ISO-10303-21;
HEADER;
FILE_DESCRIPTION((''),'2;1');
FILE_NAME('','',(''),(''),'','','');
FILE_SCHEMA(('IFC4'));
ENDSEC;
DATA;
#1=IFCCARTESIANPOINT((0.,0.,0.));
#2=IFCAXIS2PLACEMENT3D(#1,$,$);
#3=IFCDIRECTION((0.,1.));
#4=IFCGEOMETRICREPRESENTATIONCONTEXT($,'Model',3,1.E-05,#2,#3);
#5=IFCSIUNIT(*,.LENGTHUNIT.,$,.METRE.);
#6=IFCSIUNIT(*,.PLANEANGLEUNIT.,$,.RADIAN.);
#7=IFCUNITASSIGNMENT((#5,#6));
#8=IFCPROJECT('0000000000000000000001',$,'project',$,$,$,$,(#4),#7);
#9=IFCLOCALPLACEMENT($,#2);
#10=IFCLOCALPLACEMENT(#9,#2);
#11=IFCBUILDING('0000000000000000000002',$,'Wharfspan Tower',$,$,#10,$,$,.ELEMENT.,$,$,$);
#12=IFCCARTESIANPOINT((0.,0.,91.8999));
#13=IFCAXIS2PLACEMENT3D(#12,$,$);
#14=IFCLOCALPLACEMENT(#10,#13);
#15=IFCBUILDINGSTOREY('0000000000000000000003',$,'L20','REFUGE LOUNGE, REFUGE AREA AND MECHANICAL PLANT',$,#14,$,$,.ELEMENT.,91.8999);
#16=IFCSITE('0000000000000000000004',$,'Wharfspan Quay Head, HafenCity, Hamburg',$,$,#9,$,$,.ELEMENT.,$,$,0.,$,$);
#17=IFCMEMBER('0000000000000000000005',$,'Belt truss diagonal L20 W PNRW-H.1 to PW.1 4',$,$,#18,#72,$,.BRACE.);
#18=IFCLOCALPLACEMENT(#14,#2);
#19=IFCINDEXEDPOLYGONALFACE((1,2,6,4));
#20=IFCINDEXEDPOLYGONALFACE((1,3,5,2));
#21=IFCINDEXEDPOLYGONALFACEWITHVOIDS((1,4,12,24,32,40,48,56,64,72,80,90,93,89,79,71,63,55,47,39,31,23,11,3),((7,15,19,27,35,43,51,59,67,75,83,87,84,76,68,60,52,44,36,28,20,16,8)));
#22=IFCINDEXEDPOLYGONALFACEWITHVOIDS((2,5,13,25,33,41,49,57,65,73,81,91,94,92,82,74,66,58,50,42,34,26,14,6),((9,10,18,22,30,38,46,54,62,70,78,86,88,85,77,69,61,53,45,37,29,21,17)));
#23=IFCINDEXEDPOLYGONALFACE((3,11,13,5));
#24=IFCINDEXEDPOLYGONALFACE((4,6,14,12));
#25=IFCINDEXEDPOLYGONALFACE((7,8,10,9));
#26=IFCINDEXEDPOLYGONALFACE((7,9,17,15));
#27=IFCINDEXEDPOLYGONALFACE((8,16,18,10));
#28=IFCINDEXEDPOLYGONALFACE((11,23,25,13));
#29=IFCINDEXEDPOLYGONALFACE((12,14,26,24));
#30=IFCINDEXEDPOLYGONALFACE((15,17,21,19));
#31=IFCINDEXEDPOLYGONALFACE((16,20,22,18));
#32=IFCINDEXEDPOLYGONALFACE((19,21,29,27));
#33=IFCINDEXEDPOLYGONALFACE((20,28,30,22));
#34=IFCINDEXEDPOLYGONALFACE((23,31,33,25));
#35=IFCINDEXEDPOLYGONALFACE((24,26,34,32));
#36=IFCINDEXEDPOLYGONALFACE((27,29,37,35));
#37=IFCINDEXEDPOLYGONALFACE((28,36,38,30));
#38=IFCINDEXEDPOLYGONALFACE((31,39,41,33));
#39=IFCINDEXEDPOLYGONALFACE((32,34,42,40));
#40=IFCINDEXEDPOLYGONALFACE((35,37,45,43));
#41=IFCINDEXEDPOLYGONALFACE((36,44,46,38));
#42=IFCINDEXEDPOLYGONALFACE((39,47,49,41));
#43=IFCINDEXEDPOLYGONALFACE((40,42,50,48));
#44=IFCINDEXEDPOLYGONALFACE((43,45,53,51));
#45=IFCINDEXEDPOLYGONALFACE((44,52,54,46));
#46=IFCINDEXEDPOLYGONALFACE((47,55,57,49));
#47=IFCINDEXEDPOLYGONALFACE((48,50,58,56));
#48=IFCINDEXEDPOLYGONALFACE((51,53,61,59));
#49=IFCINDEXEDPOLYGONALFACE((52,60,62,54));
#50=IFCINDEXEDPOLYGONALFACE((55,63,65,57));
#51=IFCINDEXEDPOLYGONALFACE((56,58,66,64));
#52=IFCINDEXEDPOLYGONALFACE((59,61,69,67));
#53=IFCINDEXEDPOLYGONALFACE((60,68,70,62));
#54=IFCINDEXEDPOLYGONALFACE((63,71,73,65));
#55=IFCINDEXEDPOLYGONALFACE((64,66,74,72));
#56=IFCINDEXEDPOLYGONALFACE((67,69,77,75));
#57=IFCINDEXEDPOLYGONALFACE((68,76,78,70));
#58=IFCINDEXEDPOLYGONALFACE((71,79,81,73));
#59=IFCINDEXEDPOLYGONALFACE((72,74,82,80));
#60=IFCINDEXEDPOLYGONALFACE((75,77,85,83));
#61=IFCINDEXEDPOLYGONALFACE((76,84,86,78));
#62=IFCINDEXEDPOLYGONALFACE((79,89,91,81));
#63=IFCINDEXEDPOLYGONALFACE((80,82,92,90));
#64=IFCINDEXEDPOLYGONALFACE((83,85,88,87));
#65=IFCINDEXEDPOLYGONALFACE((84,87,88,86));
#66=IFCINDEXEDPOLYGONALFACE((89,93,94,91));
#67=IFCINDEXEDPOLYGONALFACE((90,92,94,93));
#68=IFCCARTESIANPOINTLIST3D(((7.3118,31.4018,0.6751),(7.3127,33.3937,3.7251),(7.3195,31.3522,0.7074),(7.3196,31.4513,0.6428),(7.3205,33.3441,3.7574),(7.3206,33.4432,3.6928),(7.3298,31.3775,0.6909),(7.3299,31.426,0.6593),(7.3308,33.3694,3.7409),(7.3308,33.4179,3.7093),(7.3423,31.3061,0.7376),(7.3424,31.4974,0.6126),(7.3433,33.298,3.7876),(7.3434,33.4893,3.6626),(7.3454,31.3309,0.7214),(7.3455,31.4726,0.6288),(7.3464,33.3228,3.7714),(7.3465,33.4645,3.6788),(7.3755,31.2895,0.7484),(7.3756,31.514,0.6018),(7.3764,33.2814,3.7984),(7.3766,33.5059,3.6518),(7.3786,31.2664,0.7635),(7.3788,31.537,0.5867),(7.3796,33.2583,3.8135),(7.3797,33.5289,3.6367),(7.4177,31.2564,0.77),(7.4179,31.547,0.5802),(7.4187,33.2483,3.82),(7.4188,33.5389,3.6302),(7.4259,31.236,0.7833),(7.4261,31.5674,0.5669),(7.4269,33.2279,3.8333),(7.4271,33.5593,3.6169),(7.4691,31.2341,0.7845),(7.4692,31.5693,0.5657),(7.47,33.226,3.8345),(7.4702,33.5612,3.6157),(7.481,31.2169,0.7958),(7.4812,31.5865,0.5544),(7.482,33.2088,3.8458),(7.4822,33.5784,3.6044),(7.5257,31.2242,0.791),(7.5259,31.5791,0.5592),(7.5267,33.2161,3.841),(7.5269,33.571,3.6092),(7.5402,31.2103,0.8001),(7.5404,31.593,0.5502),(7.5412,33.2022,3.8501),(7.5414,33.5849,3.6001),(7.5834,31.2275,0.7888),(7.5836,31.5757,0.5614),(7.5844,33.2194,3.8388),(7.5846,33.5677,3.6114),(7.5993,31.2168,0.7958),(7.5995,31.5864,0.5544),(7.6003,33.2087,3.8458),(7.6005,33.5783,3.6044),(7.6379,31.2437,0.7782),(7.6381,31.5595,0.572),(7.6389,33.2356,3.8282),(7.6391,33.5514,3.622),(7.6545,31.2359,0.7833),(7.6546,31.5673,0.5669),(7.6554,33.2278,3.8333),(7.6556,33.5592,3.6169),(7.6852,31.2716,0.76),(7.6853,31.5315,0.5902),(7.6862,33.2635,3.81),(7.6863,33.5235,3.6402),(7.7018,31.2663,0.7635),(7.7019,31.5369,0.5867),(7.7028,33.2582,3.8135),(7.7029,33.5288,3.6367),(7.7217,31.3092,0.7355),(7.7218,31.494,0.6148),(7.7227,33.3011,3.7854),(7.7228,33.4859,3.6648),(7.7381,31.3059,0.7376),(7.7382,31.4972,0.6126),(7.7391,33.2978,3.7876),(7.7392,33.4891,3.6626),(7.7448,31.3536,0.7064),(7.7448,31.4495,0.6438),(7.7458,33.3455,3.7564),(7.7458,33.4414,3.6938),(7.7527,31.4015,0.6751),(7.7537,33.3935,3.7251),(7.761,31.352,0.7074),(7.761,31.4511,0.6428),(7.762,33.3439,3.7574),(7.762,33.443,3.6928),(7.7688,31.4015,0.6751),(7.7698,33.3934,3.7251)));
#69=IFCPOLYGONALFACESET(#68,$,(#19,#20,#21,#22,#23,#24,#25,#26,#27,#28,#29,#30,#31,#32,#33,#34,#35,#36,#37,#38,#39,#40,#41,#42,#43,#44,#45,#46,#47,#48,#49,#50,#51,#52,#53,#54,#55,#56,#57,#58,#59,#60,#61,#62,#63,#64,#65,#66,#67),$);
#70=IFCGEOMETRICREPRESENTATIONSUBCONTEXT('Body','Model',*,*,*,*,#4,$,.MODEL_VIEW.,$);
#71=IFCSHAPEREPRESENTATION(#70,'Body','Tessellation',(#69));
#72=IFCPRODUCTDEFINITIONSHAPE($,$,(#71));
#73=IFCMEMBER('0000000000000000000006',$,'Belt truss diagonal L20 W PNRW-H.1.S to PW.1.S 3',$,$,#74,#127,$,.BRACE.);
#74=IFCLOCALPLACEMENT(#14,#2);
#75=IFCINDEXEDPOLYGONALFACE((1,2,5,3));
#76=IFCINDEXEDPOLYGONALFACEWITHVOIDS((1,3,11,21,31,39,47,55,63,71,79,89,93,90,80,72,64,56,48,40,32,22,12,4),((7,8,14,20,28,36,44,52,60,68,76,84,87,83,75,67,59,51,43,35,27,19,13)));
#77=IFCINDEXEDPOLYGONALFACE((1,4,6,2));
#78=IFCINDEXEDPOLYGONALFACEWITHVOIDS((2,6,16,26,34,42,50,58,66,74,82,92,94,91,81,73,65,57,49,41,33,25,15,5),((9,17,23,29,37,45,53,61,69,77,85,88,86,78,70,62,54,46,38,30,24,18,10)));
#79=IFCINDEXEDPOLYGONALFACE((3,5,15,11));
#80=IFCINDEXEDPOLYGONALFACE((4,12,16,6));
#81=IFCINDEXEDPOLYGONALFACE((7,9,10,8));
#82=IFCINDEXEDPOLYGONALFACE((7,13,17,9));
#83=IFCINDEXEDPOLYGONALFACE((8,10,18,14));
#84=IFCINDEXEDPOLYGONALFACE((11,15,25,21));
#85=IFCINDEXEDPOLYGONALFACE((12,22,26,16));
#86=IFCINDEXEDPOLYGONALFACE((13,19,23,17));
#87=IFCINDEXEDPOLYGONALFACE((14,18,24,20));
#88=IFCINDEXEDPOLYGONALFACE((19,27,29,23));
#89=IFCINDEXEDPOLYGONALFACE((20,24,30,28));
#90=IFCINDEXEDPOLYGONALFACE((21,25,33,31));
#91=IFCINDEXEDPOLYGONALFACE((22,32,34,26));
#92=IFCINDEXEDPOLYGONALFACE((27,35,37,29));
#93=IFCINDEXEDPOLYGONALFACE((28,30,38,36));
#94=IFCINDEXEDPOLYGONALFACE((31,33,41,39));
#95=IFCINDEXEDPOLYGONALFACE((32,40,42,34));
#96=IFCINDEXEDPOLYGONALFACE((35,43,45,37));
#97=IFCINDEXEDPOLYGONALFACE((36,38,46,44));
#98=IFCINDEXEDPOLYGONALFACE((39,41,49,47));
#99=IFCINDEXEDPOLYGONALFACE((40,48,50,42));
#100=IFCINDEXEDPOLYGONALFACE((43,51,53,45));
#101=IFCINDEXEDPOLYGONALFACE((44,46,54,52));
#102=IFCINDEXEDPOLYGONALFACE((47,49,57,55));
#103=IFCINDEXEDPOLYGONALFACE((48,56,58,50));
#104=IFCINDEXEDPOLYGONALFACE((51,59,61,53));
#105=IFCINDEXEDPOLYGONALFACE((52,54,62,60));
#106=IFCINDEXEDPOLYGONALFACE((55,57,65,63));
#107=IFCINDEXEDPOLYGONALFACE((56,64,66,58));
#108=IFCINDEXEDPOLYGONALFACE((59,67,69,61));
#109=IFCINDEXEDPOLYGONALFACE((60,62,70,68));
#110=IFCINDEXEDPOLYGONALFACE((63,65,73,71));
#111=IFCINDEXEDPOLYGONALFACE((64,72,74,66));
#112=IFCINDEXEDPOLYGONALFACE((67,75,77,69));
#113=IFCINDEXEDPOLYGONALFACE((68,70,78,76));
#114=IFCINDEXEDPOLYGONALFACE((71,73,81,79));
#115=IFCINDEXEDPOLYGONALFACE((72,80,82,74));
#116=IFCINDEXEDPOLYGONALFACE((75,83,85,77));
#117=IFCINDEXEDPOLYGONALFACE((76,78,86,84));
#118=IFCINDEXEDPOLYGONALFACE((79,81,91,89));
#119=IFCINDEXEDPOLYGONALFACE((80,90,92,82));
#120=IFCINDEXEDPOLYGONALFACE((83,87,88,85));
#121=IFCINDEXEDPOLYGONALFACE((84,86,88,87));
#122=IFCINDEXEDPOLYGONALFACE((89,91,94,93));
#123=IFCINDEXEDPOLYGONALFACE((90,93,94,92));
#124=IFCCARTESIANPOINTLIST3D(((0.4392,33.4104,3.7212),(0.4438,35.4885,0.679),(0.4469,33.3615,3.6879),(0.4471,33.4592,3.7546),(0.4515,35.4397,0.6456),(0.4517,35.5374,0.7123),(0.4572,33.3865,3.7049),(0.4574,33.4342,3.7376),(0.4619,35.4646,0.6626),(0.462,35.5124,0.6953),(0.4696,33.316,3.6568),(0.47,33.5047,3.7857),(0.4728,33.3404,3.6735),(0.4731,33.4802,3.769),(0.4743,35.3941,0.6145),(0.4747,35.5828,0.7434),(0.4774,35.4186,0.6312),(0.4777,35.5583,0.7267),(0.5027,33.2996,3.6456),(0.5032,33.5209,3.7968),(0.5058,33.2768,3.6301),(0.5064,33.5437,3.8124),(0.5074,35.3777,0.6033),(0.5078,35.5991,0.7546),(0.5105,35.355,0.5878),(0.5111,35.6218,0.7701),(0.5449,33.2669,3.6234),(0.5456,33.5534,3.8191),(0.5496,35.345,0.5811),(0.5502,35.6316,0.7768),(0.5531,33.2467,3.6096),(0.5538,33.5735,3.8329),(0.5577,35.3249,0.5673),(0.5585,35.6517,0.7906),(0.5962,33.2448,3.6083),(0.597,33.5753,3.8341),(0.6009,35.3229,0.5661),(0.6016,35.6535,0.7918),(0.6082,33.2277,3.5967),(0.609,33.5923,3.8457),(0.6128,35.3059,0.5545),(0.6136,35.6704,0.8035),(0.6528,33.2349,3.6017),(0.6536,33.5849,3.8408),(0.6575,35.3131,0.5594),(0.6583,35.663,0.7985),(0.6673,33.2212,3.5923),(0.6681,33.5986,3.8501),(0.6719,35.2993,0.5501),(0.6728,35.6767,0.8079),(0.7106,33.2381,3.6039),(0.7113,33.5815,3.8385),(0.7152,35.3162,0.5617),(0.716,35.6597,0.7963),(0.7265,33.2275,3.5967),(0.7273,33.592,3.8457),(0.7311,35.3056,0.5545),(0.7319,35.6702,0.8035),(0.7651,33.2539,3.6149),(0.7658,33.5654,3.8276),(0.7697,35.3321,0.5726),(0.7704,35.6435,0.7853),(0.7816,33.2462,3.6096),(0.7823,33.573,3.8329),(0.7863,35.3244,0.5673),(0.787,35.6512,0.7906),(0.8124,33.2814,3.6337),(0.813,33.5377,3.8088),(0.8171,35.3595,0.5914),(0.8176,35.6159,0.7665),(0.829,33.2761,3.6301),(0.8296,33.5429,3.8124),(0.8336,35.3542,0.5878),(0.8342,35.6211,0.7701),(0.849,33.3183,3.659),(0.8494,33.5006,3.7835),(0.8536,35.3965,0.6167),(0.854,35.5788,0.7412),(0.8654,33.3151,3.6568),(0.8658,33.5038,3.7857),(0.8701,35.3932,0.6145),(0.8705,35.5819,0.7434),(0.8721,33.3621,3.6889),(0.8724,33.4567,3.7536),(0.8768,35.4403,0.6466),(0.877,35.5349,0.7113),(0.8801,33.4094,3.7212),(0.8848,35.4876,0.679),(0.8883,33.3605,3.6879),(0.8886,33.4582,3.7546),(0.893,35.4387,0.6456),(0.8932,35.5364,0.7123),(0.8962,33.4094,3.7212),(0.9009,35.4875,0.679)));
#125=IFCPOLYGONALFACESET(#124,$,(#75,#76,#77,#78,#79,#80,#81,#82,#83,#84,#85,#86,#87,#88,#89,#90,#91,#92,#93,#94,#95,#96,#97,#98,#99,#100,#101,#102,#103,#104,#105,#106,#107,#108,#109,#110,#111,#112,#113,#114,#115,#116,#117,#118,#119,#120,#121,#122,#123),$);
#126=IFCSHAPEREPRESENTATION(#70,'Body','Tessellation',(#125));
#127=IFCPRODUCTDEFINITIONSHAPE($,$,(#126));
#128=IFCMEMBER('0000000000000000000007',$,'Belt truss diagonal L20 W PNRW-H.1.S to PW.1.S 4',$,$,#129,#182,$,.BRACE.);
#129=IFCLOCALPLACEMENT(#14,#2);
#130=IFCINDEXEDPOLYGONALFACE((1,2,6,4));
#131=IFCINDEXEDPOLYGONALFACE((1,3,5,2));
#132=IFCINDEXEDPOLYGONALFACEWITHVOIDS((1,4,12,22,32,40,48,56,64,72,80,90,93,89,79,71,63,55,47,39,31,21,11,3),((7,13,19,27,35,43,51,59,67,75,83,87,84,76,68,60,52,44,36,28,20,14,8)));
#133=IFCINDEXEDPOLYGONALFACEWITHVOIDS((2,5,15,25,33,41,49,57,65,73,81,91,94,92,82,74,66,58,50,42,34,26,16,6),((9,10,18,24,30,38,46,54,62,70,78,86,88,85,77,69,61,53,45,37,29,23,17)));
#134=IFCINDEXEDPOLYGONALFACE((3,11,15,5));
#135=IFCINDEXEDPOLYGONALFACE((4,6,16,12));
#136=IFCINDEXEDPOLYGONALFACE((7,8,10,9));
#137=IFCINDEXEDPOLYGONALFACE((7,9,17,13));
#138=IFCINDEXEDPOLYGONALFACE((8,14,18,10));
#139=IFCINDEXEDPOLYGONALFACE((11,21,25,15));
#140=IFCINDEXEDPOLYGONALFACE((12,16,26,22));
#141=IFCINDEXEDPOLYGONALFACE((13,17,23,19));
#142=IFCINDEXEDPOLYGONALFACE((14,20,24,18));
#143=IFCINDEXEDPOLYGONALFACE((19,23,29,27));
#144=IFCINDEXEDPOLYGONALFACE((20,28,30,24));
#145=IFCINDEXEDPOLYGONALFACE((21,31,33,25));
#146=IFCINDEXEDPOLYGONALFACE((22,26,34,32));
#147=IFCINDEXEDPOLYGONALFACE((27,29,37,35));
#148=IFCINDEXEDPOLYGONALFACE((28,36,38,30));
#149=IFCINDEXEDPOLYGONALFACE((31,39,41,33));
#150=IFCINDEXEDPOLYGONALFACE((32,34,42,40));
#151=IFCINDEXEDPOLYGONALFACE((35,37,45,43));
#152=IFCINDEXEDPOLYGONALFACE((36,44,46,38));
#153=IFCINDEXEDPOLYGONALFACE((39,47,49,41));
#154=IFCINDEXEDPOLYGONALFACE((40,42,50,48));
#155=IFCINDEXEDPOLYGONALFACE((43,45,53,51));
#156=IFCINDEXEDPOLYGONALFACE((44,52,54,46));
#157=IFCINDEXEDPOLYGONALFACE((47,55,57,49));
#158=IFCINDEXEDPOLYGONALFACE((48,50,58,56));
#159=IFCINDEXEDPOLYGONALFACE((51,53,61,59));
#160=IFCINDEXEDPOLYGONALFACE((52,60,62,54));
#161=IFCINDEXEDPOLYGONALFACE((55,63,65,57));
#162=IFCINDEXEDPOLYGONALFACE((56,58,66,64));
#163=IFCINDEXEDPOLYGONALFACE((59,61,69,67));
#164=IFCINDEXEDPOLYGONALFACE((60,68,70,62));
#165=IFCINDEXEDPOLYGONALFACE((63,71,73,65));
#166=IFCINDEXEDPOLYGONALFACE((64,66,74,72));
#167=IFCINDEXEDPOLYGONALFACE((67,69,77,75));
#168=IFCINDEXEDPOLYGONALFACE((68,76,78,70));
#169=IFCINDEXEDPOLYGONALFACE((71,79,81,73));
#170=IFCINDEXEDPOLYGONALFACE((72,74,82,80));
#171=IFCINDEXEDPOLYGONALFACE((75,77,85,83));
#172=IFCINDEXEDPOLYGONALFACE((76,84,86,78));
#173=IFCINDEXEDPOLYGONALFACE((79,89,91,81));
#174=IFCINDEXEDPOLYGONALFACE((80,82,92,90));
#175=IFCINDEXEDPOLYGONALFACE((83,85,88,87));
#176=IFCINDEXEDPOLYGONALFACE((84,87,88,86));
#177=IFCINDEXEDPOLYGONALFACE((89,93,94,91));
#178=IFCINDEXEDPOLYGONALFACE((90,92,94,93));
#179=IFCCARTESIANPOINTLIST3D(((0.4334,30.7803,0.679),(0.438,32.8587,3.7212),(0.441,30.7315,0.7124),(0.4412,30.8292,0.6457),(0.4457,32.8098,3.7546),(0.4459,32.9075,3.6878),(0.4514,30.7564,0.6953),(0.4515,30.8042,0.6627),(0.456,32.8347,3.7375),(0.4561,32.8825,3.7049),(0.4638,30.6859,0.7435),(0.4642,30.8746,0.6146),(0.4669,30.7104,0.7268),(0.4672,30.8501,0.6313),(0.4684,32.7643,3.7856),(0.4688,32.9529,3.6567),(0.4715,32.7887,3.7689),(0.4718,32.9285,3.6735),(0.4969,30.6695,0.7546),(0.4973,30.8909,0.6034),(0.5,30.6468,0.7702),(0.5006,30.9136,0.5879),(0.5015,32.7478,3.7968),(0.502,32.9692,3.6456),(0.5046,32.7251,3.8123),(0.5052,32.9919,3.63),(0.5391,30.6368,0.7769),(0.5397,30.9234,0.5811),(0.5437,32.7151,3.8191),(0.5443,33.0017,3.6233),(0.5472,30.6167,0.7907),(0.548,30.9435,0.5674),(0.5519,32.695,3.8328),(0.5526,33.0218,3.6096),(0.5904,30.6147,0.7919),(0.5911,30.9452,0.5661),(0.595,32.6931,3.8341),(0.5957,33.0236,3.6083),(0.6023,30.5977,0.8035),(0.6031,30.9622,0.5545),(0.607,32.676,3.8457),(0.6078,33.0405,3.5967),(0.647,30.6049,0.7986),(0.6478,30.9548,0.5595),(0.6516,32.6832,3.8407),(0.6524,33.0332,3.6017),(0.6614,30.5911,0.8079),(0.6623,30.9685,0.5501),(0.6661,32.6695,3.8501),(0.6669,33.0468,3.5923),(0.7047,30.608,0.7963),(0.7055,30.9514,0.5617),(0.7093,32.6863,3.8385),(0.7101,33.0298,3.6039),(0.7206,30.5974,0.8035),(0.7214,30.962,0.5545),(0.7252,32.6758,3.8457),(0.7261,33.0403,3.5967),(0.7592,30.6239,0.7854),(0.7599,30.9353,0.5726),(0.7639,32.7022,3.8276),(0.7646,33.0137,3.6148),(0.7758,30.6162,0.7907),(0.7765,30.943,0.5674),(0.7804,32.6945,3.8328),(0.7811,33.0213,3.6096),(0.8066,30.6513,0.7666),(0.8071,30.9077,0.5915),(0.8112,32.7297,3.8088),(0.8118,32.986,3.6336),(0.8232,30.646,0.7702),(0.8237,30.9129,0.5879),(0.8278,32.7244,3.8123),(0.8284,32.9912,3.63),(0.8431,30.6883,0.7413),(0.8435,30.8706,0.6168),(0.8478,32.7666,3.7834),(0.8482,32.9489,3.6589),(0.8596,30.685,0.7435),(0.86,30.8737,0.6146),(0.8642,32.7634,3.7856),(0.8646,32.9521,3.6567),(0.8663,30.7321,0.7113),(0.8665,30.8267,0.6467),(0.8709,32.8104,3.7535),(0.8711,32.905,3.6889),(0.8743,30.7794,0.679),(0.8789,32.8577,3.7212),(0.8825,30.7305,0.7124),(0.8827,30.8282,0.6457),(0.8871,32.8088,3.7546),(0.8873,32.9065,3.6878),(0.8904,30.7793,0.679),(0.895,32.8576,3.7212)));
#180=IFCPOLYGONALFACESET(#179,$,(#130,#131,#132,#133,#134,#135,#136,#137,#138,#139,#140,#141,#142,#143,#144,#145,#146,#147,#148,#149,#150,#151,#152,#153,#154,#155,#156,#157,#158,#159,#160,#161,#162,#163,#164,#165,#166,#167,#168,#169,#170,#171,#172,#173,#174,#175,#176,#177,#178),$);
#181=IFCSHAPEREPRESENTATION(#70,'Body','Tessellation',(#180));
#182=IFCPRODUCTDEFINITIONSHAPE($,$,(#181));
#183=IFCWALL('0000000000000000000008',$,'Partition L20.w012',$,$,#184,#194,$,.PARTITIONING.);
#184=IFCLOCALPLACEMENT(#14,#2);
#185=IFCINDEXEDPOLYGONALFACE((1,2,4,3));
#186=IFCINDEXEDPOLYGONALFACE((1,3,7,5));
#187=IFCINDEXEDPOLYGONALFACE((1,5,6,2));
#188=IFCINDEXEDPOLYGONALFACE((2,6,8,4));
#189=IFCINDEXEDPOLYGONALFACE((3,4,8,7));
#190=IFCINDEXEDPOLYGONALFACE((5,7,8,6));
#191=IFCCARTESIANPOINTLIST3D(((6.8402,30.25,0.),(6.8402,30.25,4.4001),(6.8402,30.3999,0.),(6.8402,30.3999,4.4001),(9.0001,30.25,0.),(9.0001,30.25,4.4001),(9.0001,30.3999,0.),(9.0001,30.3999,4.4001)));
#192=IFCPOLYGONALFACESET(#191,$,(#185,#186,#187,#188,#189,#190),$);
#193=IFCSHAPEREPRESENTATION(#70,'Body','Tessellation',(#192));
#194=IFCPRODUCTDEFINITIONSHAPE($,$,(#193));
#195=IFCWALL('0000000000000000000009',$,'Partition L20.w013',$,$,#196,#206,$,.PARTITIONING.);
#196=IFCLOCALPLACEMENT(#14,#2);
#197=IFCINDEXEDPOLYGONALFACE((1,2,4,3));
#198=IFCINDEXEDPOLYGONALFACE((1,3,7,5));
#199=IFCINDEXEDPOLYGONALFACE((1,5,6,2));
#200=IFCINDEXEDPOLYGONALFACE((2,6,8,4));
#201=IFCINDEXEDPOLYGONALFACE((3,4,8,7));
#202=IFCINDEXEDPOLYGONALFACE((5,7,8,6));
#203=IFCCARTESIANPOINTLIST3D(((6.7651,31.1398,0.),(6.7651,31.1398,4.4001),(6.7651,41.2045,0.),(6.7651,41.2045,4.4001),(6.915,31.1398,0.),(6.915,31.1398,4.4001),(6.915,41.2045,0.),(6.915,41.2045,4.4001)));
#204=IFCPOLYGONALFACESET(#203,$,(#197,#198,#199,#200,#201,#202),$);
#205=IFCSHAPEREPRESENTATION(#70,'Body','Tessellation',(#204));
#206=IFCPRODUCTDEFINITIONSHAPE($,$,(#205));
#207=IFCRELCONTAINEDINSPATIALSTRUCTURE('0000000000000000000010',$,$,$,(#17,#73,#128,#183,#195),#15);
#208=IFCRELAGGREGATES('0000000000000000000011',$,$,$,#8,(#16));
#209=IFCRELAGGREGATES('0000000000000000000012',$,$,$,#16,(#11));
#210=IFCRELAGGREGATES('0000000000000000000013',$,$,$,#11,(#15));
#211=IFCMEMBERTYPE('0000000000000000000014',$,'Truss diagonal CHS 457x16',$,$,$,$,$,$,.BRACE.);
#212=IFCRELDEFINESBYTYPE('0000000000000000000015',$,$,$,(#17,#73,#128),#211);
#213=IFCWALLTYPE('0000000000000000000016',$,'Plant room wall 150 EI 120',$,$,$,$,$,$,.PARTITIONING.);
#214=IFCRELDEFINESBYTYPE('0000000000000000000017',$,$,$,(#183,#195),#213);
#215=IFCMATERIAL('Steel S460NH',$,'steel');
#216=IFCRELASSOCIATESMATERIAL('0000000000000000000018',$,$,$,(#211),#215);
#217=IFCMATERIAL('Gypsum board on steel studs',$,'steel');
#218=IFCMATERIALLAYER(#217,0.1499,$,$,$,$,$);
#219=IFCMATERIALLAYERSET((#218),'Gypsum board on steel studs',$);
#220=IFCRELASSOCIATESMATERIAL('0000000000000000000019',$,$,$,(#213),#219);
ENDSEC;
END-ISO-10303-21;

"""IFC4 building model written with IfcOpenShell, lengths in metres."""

from ifc_helpers import new_model, si_unit, direction, frame, frame_2d, origin, origin_2d, place, context, subcontext, project, spatial, rectangle, hollow_circle, extrude, material, layer, layer_set, material_profile, profile_set, type_object, element, save


model = new_model("IFC4")

# Units and contexts
model_context = context("Model", 3, precision=1e-05, world=origin(), true_north=direction((0.0, 1.0)))
body_context = subcontext(model_context, "Body", "Model", "MODEL_VIEW")
ifc_project = project(units=[si_unit("LENGTHUNIT", "METRE"), si_unit("PLANEANGLEUNIT", "RADIAN")], contexts=[model_context])

# Site, building, storey
site_placement = place(None, origin())
site = spatial("IfcSite", under=ifc_project, at=site_placement, Name="Wharfspan Quay Head, HafenCity, Hamburg", CompositionType="ELEMENT", RefElevation=0.0)
building_placement = place(site_placement, origin())
building = spatial("IfcBuilding", under=site, at=building_placement, Name="Wharfspan Tower", CompositionType="ELEMENT")
storey_placement = place(building_placement, frame((0.0, 0.0, 91.8999)))
storey = spatial("IfcBuildingStorey", under=building, at=storey_placement, Name="L20", Description="REFUGE LOUNGE, REFUGE AREA AND MECHANICAL PLANT", CompositionType="ELEMENT", Elevation=91.8999)

# Members
ifc_material_1 = material(Name="Steel S460NH", Category="steel")
ifc_material_profile_1 = material_profile(ifc_material_1, hollow_circle(Radius=0.2285, WallThickness=0.0161, at=origin_2d()))
ifc_profile_set_1 = profile_set([ifc_material_profile_1], Name="Steel S460NH")
member_type_1 = type_object("IfcMemberType", Name="Truss diagonal CHS 457x16", PredefinedType="BRACE", material=ifc_profile_set_1)
member_1_placement = place(storey_placement, frame((7.5413, 33.3936, 3.7251), z_axis=(-0.000268, -0.546803, -0.837261), x_axis=(0.999996, -0.000487, -0.000002)))
element("IfcMember", 1, at=member_1_placement, inside=storey, type_object=member_type_1, Name="Belt truss diagonal L20 W PNRW-H.1 to PW.1 4", PredefinedType="BRACE", context=body_context, shape_type="SweptSolid", body=[
    extrude(hollow_circle(Radius=0.2285, WallThickness=0.0161, at=origin_2d()), origin(), (0.0, 0.0, 1.0), 3.6428),
])
for number, where, z_axis, x_axis, name in (
    (2, (0.6724, 35.488, 0.679), (-0.001259, -0.564054, 0.825737), (1.000002, -0.002235, -0.000002), "Belt truss diagonal L20 W PNRW-H.1.S to PW.1.S 3"),
    (3, (0.6665, 32.8582, 3.7212), (-0.001259, -0.564099, -0.825706), (1.000002, -0.002229, -0.000002), "Belt truss diagonal L20 W PNRW-H.1.S to PW.1.S 4"),
):
    element("IfcMember", number, at=place(storey_placement, frame(where, z_axis=z_axis, x_axis=x_axis)), inside=storey, type_object=member_type_1, Name=name, PredefinedType="BRACE", context=body_context, shape_type="SweptSolid", body=[
        extrude(hollow_circle(Radius=0.2285, WallThickness=0.0161, at=origin_2d()), origin(), (0.0, 0.0, 1.0), 3.6843),
    ])

# Walls
ifc_material_2 = material(Name="Gypsum board on steel studs", Category="steel")
ifc_layer = layer(ifc_material_2, 0.1499)
ifc_layer_set = layer_set([ifc_layer], Name="Gypsum board on steel studs")
wall_type = type_object("IfcWallType", Name="Plant room wall 150 EI 120", PredefinedType="PARTITIONING", material=ifc_layer_set)
wall_1_placement = place(storey_placement, frame((6.8401, 30.325, 0.0), z_axis=(0.0, 0.0, 1.0), x_axis=(1.0, 0.0, 0.0)))
element("IfcWall", 4, at=wall_1_placement, inside=storey, type_object=wall_type, Name="Partition L20.w012", PredefinedType="PARTITIONING", context=body_context, shape_type="SweptSolid", body=[
    extrude(rectangle(XDim=2.1599, YDim=0.1499, at=frame_2d((1.0801, 0.0))), origin(), (0.0, 0.0, 1.0), 4.4001),
])
wall_2_placement = place(storey_placement, frame((6.8401, 31.1399, 0.0), z_axis=(0.0, 0.0, 1.0), x_axis=(0.0, 1.0, 0.0)))
element("IfcWall", 5, at=wall_2_placement, inside=storey, type_object=wall_type, Name="Partition L20.w013", PredefinedType="PARTITIONING", context=body_context, shape_type="SweptSolid", body=[
    extrude(rectangle(XDim=10.0647, YDim=0.1499, at=frame_2d((5.0322, 0.0))), origin(), (0.0, 0.0, 1.0), 4.4001),
])

save(model, "model.ifc")
